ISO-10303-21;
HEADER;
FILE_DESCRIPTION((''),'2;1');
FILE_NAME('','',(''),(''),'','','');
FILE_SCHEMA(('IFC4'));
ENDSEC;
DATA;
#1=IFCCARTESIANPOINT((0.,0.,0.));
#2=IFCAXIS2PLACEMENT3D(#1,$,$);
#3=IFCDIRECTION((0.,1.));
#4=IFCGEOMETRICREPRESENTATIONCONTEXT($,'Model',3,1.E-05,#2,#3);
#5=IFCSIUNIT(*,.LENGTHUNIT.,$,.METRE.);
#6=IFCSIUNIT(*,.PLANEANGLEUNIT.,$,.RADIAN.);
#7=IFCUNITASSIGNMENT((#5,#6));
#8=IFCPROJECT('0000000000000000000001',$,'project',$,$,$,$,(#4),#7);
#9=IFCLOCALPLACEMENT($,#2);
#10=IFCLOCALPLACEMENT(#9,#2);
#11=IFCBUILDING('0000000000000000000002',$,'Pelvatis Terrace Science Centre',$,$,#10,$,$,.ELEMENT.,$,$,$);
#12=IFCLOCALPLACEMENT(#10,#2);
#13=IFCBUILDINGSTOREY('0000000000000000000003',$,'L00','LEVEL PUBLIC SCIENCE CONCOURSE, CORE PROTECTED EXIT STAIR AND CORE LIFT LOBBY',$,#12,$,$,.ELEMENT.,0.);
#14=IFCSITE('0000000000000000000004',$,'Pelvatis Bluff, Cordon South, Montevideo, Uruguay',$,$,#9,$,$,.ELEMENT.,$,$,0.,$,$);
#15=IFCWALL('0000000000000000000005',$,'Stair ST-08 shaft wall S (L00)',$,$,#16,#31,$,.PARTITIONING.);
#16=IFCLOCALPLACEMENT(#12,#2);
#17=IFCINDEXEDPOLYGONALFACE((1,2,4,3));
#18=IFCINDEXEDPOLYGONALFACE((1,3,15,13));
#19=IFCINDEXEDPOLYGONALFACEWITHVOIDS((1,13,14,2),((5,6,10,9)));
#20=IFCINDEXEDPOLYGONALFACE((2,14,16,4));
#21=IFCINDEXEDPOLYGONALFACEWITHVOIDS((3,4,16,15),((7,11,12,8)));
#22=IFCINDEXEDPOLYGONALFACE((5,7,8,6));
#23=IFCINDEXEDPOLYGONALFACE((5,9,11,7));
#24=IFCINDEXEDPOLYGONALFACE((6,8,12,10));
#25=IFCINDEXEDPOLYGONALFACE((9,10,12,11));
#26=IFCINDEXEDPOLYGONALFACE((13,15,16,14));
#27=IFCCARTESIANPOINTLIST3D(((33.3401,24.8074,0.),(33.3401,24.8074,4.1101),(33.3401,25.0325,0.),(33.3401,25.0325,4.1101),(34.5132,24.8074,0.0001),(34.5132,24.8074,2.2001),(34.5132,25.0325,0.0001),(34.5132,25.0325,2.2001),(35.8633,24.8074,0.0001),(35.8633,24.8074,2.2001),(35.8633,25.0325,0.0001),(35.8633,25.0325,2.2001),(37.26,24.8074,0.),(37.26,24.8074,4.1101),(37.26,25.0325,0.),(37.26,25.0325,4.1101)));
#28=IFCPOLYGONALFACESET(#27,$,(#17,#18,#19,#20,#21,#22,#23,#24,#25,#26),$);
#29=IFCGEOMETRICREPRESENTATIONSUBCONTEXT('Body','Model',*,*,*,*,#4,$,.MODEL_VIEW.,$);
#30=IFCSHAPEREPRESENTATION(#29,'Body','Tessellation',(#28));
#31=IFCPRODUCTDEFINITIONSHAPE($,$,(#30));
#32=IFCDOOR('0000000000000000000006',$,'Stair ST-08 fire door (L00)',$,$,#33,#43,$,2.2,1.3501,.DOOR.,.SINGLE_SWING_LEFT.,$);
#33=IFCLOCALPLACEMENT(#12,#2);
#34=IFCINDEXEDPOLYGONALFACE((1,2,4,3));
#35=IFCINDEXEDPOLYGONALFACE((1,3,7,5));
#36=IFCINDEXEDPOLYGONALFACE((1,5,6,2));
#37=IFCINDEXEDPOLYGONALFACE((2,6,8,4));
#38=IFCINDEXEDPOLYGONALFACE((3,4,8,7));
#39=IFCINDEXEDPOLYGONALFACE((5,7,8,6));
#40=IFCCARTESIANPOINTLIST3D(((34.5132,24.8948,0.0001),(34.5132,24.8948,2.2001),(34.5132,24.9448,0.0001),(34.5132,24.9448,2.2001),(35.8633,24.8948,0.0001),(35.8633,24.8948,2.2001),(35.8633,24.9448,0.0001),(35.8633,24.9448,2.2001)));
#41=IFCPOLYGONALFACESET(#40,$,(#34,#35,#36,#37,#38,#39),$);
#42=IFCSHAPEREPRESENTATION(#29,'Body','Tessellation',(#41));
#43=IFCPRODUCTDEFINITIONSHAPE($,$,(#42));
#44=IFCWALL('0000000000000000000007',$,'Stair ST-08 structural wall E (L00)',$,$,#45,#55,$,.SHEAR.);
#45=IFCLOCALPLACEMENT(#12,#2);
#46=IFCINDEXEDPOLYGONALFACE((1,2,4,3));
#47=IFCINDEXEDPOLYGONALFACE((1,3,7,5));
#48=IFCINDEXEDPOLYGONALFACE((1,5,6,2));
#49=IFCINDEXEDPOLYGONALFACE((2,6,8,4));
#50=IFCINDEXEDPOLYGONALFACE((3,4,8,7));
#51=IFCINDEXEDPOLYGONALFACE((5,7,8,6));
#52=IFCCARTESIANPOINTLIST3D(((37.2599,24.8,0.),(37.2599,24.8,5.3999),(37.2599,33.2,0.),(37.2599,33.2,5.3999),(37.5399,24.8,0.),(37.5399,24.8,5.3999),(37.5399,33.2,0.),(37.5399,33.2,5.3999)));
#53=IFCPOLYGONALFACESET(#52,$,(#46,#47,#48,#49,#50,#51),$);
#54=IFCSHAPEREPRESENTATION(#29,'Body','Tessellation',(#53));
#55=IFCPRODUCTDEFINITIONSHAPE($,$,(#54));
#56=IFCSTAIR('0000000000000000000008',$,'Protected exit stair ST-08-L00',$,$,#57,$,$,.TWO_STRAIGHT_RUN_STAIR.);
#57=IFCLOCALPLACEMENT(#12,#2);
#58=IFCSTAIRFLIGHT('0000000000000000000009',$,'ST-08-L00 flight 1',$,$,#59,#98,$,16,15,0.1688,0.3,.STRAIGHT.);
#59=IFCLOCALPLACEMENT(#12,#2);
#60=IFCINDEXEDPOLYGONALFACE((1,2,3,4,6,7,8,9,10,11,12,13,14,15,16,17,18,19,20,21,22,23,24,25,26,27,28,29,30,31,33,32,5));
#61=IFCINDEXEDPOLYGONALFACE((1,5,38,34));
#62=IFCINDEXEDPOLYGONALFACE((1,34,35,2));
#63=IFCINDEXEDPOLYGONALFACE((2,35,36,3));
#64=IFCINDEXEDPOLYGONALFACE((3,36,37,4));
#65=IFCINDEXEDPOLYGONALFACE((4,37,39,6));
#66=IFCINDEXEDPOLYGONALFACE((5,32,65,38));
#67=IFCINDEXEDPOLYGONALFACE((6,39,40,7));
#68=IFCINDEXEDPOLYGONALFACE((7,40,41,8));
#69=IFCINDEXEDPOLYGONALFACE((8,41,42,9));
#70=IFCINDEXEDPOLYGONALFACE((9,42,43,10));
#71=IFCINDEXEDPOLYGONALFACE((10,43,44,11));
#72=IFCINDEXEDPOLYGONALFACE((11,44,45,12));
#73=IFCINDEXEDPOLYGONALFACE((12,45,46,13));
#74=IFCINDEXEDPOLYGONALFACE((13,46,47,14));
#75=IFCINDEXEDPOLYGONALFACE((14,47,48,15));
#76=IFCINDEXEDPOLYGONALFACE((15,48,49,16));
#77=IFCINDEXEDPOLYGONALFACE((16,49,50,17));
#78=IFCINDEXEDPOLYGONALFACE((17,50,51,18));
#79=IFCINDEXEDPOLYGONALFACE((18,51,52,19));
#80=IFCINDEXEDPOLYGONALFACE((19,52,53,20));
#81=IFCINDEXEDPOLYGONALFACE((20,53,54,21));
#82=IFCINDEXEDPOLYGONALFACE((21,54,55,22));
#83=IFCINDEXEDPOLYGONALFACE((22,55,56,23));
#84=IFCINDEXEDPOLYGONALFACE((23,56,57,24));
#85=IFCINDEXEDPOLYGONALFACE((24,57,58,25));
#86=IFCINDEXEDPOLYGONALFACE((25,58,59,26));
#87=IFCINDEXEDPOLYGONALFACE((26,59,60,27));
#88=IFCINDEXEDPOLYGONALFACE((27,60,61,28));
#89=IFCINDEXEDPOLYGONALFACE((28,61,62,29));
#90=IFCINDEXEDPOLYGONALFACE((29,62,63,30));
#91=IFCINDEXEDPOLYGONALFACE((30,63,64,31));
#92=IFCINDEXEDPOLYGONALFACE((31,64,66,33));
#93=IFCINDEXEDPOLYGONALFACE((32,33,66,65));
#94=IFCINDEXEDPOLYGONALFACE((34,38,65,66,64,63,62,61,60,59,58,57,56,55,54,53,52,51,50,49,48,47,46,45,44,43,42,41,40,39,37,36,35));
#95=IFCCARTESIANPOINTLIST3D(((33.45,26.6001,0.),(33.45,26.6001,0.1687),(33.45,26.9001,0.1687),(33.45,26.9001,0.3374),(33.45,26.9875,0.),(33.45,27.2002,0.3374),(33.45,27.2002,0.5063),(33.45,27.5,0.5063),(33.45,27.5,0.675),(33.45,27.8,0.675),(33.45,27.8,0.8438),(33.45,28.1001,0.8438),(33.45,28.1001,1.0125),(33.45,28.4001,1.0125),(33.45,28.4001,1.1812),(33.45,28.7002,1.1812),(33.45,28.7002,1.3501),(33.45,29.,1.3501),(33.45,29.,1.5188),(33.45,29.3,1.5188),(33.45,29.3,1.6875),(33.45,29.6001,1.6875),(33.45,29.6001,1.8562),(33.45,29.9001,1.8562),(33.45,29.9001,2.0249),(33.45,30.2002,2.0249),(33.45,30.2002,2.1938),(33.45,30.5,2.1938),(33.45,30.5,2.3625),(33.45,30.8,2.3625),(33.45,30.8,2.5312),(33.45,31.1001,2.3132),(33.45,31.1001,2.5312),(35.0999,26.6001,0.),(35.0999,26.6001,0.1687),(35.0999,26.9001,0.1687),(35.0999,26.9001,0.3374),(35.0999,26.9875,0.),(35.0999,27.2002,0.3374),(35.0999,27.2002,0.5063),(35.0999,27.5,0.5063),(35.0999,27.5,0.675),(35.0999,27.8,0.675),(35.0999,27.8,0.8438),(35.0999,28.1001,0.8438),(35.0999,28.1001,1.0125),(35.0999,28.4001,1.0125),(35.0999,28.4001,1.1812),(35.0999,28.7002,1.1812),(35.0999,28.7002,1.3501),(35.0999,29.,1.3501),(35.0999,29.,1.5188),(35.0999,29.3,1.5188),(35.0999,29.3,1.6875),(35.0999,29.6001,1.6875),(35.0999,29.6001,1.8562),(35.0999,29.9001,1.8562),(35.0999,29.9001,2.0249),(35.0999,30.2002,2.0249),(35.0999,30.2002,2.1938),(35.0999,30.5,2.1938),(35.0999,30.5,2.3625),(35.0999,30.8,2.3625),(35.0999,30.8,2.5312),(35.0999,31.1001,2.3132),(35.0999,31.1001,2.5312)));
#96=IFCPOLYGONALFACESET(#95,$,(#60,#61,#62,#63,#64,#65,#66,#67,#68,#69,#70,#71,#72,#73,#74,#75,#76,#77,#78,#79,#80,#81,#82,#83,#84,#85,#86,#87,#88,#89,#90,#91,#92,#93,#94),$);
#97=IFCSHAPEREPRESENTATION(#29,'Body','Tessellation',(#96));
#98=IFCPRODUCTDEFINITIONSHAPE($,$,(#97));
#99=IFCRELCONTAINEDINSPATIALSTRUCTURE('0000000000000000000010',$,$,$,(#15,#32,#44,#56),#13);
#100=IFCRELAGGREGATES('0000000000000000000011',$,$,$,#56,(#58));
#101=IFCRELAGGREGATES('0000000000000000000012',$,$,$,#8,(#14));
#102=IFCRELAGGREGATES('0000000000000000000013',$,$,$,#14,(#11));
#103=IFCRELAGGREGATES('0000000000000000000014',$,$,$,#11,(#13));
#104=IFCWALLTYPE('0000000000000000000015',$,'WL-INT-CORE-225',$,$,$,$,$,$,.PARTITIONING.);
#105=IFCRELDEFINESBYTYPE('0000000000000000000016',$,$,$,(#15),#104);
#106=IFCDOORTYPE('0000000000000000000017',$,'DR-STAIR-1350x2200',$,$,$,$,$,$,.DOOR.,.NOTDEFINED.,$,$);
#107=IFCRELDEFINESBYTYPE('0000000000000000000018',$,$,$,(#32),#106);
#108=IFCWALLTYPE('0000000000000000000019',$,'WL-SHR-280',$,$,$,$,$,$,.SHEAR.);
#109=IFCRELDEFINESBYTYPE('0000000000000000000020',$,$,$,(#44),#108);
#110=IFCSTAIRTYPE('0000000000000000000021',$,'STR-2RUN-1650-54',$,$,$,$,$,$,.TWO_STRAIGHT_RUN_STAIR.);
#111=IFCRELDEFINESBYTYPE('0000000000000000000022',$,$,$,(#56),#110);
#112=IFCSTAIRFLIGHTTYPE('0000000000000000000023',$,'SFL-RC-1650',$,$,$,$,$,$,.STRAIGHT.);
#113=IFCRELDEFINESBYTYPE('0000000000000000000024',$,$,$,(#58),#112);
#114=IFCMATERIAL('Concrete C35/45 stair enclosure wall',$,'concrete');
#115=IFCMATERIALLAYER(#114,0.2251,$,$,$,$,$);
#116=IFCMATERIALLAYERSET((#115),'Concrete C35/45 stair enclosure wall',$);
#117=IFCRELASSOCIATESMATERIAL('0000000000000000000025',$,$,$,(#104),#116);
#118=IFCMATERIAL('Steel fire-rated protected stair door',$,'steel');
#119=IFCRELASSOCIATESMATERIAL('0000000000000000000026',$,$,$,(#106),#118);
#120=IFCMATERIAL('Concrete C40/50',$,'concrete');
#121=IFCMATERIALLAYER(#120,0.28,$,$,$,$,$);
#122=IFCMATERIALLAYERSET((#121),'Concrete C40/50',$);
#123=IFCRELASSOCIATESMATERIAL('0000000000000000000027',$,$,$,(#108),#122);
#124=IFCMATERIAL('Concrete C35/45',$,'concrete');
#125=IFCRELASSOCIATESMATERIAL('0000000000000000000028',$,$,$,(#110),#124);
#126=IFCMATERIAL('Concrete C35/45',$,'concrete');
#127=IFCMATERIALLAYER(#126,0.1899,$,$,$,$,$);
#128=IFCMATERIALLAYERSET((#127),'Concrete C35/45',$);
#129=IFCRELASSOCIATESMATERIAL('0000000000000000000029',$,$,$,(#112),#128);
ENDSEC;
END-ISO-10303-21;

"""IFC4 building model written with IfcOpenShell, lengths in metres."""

from ifc_helpers import new_model, si_unit, direction, frame, frame_2d, origin, place, context, subcontext, project, spatial, polyline, rectangle, outline, extrude, material, layer, layer_set, type_object, element, fill, aggregate, save


model = new_model("IFC4")

# Units and contexts
model_context = context("Model", 3, precision=1e-05, world=origin(), true_north=direction((0.0, 1.0)))
body_context = subcontext(model_context, "Body", "Model", "MODEL_VIEW")
ifc_project = project(units=[si_unit("LENGTHUNIT", "METRE"), si_unit("PLANEANGLEUNIT", "RADIAN")], contexts=[model_context])

# Site, building, storey
site_placement = place(None, origin())
site = spatial("IfcSite", under=ifc_project, at=site_placement, Name="Pelvatis Bluff, Cordon South, Montevideo, Uruguay", CompositionType="ELEMENT", RefElevation=0.0)
building_placement = place(site_placement, origin())
building = spatial("IfcBuilding", under=site, at=building_placement, Name="Pelvatis Terrace Science Centre", CompositionType="ELEMENT")
storey_placement = place(building_placement, origin())
storey = spatial("IfcBuildingStorey", under=building, at=storey_placement, Name="L00", Description="LEVEL PUBLIC SCIENCE CONCOURSE, CORE PROTECTED EXIT STAIR AND CORE LIFT LOBBY", CompositionType="ELEMENT", Elevation=0.0)

# Wall, opening, door
ifc_material_1 = material(Name="Concrete C35/45 stair enclosure wall", Category="concrete")
ifc_layer_1 = layer(ifc_material_1, 0.2251)
ifc_layer_set_1 = layer_set([ifc_layer_1], Name="Concrete C35/45 stair enclosure wall")
wall_type_1 = type_object("IfcWallType", Name="WL-INT-CORE-225", PredefinedType="PARTITIONING", material=ifc_layer_set_1)
wall_1_placement = place(storey_placement, frame((33.3401, 24.9199, 0.0), z_axis=(0.0, 0.0, 1.0), x_axis=(1.0, 0.0, 0.0)))
wall_1 = element("IfcWall", 1, at=wall_1_placement, inside=storey, type_object=wall_type_1, Name="Stair ST-08 shaft wall S (L00)", PredefinedType="PARTITIONING", context=body_context, shape_type="SweptSolid", body=[
    extrude(rectangle(XDim=3.9199, YDim=0.2251, at=frame_2d((1.96, 0.0))), origin(), (0.0, 0.0, 1.0), 4.1101),
])
opening_placement = place(wall_1_placement, frame((1.1731, 0.0, 0.0)))
opening = element("IfcOpeningElement", 2, at=opening_placement, cuts=wall_1, PredefinedType="OPENING", context=body_context, shape_type="SweptSolid", body=[
    extrude(rectangle(XDim=1.3501, YDim=2.2, at=frame_2d((0.675, 1.1001))), frame((0.0, 0.1226, 0.0), z_axis=(0.0, -1.0, 0.0), x_axis=(1.0, 0.0, 0.0)), (0.0, 0.0, 1.0), 0.2451),
])
ifc_material_2 = material(Name="Steel fire-rated protected stair door", Category="steel")
door_type = type_object("IfcDoorType", Name="DR-STAIR-1350x2200", OperationType="NOTDEFINED", PredefinedType="DOOR", material=ifc_material_2)
door_placement = place(opening_placement, origin())
door = element("IfcDoor", 3, at=door_placement, inside=storey, type_object=door_type, Name="Stair ST-08 fire door (L00)", OperationType="SINGLE_SWING_LEFT", OverallHeight=2.2, OverallWidth=1.3501, PredefinedType="DOOR", context=body_context, shape_type="SweptSolid", body=[
    extrude(rectangle(XDim=1.3501, YDim=2.2, at=frame_2d((0.675, 1.1001))), frame((0.0, 0.0249, 0.0), z_axis=(0.0, -1.0, 0.0), x_axis=(1.0, 0.0, 0.0)), (0.0, 0.0, 1.0), 0.05),
])
fill(opening, door)

# Wall
ifc_material_3 = material(Name="Concrete C40/50", Category="concrete")
ifc_layer_2 = layer(ifc_material_3, 0.28)
ifc_layer_set_2 = layer_set([ifc_layer_2], Name="Concrete C40/50")
wall_type_2 = type_object("IfcWallType", Name="WL-SHR-280", PredefinedType="SHEAR", material=ifc_layer_set_2)
wall_2_placement = place(storey_placement, frame((37.3999, 24.8, 0.0), z_axis=(0.0, 0.0, 1.0), x_axis=(0.0, 1.0, 0.0)))
element("IfcWall", 4, at=wall_2_placement, inside=storey, type_object=wall_type_2, Name="Stair ST-08 structural wall E (L00)", PredefinedType="SHEAR", context=body_context, shape_type="SweptSolid", body=[
    extrude(rectangle(XDim=8.3999, YDim=0.28, at=frame_2d((4.2, 0.0))), origin(), (0.0, 0.0, 1.0), 5.3999),
])

# Stair, stair flight
ifc_material_4 = material(Name="Concrete C35/45", Category="concrete")
stair_type = type_object("IfcStairType", Name="STR-2RUN-1650-54", PredefinedType="TWO_STRAIGHT_RUN_STAIR", material=ifc_material_4)
stair_placement = place(storey_placement, origin())
stair = element("IfcStair", 5, at=stair_placement, inside=storey, type_object=stair_type, Name="Protected exit stair ST-08-L00", PredefinedType="TWO_STRAIGHT_RUN_STAIR")
ifc_material_5 = material(Name="Concrete C35/45", Category="concrete")
ifc_layer_3 = layer(ifc_material_5, 0.1899)
ifc_layer_set_3 = layer_set([ifc_layer_3], Name="Concrete C35/45")
stair_flight_type = type_object("IfcStairFlightType", Name="SFL-RC-1650", PredefinedType="STRAIGHT", material=ifc_layer_set_3)
stair_flight_placement = place(storey_placement, frame((34.2749, 26.6001, 0.0), z_axis=(0.0, 0.0, 1.0), x_axis=(0.0, 1.0, 0.0)))
stair_flight = element("IfcStairFlight", 6, at=stair_flight_placement, type_object=stair_flight_type, Name="ST-08-L00 flight 1", NumberOfRisers=16, NumberOfTreads=15, PredefinedType="STRAIGHT", RiserHeight=0.1688, TreadLength=0.3, context=body_context, shape_type="SweptSolid", body=[
    extrude(outline(polyline([(0.0, 0.0), (0.0, 0.1687), (0.3, 0.1687), (0.3, 0.3374), (0.6001, 0.3374), (0.6001, 0.5063), (0.8999, 0.5063), (0.8999, 0.675), (1.2, 0.675), (1.2, 0.8438), (1.5, 0.8438), (1.5, 1.0125), (1.8, 1.0125), (1.8, 1.1812), (2.1001, 1.1812), (2.1001, 1.3501), (2.3999, 1.3501), (2.3999, 1.5188), (2.7, 1.5188), (2.7, 1.6875), (3.0, 1.6875), (3.0, 1.8562), (3.3, 1.8562), (3.3, 2.0249), (3.6001, 2.0249), (3.6001, 2.1938), (3.8999, 2.1938), (3.8999, 2.3625), (4.2, 2.3625), (4.2, 2.5312), (4.5, 2.5312), (4.5, 2.7), (4.5, 2.3132), (0.3875, 0.0), (0.0, 0.0)])), frame((0.0, 0.825, 0.0), z_axis=(0.0, -1.0, 0.0), x_axis=(1.0, 0.0, 0.0)), (0.0, 0.0, 1.0), 1.6499),
])
aggregate(stair, [stair_flight])

save(model, "model.ifc")
